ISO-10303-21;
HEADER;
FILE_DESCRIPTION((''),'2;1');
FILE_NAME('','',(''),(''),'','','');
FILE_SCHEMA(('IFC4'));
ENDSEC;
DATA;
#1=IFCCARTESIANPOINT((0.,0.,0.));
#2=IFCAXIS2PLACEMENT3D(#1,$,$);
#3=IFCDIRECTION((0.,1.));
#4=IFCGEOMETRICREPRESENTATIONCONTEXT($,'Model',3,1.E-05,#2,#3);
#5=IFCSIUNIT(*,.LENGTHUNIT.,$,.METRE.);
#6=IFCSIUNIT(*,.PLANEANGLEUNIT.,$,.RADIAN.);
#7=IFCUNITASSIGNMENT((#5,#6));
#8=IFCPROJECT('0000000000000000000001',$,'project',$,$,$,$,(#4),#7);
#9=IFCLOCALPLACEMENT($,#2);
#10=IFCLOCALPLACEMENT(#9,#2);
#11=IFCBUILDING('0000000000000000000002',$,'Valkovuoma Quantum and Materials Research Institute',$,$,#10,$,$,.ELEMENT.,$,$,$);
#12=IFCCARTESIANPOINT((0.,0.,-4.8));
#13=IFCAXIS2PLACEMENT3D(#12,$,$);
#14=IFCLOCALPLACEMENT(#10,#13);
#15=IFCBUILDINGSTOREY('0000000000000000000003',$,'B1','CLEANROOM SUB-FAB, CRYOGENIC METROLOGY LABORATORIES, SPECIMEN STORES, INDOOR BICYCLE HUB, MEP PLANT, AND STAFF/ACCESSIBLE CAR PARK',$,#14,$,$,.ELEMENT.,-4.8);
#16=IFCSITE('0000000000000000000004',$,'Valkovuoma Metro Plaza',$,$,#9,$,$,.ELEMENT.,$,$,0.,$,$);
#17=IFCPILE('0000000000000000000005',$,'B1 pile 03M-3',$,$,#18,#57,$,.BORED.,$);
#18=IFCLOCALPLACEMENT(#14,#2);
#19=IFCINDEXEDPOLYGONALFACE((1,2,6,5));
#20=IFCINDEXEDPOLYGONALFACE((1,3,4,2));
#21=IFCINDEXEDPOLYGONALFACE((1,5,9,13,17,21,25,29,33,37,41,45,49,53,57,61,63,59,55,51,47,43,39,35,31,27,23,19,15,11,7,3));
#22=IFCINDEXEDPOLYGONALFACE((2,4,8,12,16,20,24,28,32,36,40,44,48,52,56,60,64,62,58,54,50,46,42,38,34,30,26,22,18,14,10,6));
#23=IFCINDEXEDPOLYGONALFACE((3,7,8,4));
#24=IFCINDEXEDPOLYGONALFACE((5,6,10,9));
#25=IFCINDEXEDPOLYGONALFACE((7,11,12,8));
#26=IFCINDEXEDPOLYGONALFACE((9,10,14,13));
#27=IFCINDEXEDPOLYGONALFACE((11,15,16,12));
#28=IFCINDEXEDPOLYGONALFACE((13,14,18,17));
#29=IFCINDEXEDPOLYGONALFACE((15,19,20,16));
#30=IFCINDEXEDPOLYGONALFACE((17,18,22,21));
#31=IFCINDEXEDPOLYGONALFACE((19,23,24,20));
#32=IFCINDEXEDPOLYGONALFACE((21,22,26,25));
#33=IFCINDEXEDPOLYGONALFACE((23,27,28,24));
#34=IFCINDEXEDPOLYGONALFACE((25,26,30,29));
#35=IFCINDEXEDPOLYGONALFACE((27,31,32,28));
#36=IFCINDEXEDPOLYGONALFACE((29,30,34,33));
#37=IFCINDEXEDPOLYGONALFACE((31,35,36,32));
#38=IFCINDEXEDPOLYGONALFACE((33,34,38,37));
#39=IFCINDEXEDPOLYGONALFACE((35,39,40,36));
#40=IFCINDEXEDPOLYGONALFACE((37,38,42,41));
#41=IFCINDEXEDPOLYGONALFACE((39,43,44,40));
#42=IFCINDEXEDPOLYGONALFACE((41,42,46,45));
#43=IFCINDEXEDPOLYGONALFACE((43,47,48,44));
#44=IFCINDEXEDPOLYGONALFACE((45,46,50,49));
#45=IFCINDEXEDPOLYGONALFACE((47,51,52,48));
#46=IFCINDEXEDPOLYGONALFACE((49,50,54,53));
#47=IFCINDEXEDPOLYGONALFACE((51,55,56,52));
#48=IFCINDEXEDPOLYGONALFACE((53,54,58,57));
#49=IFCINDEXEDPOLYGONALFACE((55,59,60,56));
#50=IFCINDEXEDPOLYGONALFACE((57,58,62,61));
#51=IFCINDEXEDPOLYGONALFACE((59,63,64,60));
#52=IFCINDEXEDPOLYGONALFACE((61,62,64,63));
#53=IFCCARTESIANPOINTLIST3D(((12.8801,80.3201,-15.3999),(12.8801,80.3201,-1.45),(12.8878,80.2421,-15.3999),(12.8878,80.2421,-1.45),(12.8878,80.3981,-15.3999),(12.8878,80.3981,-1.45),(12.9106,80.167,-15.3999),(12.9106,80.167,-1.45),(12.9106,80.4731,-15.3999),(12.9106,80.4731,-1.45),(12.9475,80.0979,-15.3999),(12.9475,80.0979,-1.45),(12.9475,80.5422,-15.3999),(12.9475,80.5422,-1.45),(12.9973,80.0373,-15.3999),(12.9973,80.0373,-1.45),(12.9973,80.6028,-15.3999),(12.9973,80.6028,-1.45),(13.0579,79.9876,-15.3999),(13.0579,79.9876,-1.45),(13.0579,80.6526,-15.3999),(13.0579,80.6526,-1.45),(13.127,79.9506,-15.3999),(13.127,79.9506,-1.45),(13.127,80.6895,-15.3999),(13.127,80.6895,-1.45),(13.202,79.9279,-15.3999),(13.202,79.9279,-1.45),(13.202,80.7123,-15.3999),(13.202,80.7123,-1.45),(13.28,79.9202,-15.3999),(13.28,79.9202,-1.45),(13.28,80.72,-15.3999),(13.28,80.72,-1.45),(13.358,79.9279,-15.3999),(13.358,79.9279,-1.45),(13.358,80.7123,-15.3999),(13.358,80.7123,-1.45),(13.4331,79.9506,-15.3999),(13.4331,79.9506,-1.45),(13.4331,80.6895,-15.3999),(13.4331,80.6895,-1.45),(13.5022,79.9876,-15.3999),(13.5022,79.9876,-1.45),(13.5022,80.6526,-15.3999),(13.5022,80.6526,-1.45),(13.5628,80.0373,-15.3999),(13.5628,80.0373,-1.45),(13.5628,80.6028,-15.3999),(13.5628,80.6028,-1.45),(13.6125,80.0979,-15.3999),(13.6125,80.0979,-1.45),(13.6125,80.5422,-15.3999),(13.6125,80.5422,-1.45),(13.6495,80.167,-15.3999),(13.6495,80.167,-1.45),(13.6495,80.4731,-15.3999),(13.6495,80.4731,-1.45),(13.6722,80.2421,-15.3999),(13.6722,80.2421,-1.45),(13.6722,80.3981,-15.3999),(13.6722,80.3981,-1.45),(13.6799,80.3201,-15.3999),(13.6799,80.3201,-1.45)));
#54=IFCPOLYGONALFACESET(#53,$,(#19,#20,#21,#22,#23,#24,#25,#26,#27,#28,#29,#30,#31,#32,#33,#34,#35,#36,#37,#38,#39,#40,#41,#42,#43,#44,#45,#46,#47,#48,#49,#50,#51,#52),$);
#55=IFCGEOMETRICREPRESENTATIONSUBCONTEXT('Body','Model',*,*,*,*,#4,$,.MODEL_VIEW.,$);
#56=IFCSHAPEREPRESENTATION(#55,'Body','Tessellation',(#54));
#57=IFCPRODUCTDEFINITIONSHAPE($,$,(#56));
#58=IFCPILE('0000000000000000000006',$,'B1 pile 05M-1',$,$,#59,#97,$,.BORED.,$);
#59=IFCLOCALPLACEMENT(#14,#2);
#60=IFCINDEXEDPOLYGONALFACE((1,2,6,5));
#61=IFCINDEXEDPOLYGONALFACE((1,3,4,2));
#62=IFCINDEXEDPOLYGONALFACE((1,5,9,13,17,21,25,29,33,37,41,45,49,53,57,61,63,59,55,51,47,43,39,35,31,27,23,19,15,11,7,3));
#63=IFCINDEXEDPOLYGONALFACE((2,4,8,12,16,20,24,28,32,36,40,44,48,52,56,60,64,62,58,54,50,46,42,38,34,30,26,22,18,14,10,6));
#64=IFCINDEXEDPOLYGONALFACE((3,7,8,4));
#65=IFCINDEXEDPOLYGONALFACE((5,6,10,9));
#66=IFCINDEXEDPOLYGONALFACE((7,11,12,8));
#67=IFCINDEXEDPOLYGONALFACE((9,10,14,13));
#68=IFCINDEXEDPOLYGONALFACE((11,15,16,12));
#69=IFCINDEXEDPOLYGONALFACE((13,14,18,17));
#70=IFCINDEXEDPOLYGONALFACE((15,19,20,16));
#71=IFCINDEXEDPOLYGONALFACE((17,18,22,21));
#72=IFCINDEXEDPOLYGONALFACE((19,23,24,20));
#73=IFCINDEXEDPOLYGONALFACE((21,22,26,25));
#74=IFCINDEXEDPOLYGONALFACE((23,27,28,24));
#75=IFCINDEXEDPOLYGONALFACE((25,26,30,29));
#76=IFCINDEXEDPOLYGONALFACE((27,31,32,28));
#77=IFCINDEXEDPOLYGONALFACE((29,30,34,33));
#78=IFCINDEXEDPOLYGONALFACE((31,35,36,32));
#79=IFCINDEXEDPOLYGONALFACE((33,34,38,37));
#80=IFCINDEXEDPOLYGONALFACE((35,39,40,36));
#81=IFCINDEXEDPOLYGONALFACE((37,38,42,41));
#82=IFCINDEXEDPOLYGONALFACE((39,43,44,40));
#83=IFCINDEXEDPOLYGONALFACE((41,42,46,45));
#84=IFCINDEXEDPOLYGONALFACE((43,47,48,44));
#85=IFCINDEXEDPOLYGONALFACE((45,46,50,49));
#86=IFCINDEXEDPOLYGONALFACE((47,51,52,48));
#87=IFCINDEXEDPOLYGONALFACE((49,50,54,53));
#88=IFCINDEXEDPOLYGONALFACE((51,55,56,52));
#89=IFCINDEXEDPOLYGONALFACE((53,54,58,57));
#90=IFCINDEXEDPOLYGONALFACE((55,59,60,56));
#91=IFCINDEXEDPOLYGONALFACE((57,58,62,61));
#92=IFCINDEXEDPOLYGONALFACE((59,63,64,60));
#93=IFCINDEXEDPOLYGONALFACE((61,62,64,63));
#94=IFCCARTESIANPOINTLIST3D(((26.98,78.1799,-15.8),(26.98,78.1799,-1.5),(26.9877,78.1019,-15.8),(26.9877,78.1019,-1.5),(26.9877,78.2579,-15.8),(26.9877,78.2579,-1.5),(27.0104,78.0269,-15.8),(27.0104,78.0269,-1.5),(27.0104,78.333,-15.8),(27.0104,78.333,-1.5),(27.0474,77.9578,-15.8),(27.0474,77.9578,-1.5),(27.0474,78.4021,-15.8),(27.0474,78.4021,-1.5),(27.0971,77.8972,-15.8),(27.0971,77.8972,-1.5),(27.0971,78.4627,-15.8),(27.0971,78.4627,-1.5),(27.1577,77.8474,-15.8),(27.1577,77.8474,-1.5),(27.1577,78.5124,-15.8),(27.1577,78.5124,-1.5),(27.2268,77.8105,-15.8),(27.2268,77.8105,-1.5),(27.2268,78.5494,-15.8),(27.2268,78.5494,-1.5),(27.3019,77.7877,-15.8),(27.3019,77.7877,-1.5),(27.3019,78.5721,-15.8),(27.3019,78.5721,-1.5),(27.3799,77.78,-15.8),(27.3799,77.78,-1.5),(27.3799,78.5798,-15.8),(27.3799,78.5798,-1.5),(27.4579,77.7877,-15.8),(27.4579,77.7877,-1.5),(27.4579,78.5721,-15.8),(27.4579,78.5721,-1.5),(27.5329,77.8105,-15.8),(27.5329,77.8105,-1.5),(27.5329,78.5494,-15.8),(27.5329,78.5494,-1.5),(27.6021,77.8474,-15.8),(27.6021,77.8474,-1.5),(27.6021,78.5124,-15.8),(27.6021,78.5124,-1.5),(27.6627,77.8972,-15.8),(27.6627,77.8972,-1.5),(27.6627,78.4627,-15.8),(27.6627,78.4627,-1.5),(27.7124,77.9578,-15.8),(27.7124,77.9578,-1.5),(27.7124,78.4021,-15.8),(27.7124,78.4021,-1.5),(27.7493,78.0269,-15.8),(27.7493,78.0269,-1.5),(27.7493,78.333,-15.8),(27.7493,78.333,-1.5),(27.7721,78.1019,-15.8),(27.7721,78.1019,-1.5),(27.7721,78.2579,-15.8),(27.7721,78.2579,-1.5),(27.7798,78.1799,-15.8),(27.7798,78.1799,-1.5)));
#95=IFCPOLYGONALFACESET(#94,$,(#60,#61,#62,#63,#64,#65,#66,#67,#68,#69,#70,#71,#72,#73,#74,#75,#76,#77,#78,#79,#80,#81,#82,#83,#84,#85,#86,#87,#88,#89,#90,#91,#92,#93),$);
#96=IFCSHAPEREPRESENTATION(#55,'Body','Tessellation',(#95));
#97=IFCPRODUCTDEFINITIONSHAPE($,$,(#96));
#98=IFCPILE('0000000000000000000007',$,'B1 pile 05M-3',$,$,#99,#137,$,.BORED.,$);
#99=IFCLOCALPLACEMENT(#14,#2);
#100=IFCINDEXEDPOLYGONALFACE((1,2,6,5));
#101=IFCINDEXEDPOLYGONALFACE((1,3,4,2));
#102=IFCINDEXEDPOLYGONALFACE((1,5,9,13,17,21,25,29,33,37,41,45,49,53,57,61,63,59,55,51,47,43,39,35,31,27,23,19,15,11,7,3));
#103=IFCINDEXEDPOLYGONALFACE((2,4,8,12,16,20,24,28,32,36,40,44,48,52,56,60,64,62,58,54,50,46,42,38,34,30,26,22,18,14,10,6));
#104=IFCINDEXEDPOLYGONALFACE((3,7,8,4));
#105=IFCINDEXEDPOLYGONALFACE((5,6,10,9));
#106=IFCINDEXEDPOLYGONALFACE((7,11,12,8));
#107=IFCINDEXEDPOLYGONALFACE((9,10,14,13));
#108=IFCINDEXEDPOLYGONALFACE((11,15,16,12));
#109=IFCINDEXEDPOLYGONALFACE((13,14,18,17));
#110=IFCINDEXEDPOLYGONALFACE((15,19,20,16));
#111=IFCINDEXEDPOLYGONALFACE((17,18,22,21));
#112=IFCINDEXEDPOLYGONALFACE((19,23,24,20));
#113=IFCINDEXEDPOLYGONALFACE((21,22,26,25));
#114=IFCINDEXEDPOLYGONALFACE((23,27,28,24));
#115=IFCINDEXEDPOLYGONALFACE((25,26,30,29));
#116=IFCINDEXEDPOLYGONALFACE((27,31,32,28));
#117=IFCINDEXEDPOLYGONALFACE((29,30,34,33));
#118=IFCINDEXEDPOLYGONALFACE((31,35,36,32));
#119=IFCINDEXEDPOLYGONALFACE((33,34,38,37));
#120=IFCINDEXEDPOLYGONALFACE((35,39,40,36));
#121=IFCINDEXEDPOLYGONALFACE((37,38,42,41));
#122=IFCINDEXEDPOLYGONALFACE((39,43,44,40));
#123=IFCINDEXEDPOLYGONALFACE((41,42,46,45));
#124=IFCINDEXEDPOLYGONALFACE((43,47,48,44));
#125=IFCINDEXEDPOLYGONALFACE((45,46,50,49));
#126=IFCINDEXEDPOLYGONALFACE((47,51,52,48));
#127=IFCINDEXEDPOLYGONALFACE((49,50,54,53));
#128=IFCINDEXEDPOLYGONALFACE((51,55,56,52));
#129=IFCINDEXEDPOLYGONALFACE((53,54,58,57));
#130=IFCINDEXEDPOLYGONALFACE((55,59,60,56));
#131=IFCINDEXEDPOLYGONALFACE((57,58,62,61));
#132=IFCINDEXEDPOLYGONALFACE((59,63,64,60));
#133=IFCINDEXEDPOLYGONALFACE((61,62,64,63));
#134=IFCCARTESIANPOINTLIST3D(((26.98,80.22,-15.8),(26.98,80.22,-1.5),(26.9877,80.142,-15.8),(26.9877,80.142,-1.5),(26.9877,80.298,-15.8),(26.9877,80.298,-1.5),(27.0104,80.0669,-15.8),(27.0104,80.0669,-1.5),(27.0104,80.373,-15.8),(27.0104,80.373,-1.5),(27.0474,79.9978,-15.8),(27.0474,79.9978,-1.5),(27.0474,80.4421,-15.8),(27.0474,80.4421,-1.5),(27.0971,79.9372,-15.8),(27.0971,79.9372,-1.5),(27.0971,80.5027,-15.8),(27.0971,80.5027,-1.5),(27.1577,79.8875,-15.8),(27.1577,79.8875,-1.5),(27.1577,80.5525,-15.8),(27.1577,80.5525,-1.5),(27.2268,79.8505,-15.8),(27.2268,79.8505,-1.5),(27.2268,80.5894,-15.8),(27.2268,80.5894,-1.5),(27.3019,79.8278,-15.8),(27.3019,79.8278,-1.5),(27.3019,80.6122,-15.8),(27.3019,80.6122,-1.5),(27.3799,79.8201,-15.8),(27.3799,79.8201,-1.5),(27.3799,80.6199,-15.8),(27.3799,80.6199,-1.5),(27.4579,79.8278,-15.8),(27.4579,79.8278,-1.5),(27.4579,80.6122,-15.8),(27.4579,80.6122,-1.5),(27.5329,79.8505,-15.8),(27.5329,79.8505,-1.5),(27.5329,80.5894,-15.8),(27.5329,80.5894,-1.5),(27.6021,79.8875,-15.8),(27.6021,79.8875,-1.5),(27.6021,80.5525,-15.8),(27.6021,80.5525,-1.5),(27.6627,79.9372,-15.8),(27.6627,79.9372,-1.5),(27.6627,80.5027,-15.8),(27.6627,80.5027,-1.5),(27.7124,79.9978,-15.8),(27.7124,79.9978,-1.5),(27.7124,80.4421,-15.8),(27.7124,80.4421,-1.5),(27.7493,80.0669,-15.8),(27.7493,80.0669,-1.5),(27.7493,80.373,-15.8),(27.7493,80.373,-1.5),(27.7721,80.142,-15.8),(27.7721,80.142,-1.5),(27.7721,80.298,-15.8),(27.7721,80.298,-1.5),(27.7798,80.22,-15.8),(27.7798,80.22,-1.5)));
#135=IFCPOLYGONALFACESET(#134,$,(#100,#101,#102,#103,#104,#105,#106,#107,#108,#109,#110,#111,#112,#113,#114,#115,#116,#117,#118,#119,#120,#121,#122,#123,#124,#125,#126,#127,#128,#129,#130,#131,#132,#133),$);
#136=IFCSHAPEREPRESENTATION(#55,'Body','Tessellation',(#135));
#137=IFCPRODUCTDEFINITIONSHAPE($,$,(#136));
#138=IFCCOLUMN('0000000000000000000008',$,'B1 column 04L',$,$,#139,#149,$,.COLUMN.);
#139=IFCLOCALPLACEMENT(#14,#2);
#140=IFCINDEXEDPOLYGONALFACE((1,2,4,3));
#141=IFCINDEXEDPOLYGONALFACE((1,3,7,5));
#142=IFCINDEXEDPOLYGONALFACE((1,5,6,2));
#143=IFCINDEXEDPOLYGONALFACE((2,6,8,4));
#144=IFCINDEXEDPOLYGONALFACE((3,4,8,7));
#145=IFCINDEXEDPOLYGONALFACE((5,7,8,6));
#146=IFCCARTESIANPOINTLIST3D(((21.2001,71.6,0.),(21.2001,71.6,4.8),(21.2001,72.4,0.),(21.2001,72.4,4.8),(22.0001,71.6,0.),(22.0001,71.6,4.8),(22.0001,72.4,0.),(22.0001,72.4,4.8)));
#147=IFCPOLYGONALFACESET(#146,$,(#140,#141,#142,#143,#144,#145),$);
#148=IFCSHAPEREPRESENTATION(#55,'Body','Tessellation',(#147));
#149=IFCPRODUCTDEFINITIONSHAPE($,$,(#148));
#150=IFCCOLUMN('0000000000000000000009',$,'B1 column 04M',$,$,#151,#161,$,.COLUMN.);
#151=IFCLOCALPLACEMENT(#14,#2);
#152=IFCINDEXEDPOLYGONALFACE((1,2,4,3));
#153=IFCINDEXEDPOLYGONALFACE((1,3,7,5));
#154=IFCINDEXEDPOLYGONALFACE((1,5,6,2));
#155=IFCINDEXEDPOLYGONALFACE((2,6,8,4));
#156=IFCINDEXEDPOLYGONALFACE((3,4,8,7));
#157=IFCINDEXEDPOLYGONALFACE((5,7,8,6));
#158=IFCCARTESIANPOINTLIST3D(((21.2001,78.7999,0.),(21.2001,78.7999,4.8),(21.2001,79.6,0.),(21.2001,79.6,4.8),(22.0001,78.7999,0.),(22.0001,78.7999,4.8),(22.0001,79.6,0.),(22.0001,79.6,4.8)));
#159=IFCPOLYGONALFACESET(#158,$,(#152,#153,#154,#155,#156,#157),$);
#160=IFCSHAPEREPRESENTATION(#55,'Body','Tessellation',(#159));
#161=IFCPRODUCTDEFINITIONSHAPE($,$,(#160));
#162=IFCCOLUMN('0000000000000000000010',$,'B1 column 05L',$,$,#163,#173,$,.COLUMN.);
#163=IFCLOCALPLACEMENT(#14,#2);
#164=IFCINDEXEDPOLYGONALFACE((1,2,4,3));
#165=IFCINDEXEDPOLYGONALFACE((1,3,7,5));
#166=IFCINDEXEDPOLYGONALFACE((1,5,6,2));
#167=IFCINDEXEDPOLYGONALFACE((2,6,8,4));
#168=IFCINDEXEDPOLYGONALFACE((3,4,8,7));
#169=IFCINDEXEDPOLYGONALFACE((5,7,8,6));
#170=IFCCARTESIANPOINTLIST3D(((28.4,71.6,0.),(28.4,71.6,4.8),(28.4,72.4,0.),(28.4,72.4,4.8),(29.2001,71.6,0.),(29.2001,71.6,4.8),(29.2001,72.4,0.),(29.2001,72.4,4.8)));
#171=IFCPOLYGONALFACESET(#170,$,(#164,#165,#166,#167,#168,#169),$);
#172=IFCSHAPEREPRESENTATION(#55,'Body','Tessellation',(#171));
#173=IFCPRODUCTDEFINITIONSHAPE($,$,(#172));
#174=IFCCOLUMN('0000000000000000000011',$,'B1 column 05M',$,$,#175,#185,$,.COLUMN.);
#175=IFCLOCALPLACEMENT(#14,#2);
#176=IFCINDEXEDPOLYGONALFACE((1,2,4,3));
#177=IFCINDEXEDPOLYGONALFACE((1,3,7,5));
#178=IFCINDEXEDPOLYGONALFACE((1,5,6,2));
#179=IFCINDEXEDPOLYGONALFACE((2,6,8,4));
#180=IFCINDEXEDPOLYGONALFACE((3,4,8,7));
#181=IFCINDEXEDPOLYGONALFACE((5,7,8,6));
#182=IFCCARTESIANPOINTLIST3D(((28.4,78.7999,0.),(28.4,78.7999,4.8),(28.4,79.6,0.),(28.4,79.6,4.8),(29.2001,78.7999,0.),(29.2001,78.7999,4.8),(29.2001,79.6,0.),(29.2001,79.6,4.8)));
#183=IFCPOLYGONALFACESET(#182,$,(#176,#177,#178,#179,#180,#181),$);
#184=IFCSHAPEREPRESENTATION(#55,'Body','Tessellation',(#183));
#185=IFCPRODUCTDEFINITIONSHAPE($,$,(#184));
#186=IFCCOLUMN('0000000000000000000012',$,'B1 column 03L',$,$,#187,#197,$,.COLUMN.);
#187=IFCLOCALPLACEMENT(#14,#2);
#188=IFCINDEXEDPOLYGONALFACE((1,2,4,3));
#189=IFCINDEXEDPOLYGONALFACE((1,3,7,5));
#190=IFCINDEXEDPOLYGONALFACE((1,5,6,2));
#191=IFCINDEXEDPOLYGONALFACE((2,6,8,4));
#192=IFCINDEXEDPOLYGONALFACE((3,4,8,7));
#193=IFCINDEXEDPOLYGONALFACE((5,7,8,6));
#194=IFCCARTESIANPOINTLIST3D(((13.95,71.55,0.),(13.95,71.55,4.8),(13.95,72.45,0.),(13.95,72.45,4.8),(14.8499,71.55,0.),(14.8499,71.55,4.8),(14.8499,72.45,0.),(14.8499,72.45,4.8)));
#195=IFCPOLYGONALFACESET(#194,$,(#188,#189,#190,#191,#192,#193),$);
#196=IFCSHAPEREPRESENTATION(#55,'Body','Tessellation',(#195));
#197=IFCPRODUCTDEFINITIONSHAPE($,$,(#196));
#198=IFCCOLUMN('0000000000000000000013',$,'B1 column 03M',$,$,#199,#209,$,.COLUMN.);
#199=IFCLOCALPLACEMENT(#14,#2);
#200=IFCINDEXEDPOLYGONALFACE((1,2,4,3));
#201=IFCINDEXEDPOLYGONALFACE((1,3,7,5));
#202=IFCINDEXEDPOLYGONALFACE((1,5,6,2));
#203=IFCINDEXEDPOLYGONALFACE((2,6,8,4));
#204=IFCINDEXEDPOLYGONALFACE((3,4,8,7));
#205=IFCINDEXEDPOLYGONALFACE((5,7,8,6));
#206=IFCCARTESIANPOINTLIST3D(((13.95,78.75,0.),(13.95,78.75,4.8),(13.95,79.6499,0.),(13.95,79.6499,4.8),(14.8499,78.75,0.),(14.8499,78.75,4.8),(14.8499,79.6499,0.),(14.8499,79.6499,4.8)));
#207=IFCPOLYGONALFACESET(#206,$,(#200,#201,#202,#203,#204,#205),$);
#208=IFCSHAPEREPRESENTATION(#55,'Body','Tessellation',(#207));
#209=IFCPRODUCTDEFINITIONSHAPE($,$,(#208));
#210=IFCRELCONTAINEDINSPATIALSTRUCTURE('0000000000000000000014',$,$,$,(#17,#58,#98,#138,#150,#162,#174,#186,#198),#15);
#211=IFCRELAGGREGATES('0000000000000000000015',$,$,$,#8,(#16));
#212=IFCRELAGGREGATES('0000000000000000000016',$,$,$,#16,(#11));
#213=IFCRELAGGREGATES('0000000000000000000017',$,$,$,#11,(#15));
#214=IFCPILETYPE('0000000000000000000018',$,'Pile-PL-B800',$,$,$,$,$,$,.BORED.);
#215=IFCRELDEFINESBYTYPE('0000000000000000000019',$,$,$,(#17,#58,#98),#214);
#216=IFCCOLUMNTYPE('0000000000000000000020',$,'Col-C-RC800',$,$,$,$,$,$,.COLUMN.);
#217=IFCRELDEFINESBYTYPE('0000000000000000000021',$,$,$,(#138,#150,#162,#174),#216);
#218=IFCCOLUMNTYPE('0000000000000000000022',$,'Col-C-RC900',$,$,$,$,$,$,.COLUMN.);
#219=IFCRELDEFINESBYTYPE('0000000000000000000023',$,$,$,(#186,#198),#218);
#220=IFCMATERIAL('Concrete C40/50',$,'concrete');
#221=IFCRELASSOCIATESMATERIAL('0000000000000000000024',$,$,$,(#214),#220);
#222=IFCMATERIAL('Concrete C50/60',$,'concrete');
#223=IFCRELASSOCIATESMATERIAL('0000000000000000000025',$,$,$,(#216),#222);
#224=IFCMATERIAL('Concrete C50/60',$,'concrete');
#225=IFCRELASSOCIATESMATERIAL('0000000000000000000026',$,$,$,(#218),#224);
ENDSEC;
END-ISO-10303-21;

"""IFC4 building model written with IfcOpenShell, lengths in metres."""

from ifc_helpers import new_model, si_unit, direction, frame, origin, origin_2d, place, context, subcontext, project, spatial, rectangle, circle, extrude, material, material_profile, profile_set, type_object, element, save


model = new_model("IFC4")

# Units and contexts
model_context = context("Model", 3, precision=1e-05, world=origin(), true_north=direction((0.0, 1.0)))
body_context = subcontext(model_context, "Body", "Model", "MODEL_VIEW")
ifc_project = project(units=[si_unit("LENGTHUNIT", "METRE"), si_unit("PLANEANGLEUNIT", "RADIAN")], contexts=[model_context])

# Site, building, storey
site_placement = place(None, origin())
site = spatial("IfcSite", under=ifc_project, at=site_placement, Name="Valkovuoma Metro Plaza", CompositionType="ELEMENT", RefElevation=0.0)
building_placement = place(site_placement, origin())
building = spatial("IfcBuilding", under=site, at=building_placement, Name="Valkovuoma Quantum and Materials Research Institute", CompositionType="ELEMENT")
storey_placement = place(building_placement, frame((0.0, 0.0, -4.8)))
storey = spatial("IfcBuildingStorey", under=building, at=storey_placement, Name="B1", Description="CLEANROOM SUB-FAB, CRYOGENIC METROLOGY LABORATORIES, SPECIMEN STORES, INDOOR BICYCLE HUB, MEP PLANT, AND STAFF/ACCESSIBLE CAR PARK", CompositionType="ELEMENT", Elevation=-4.8)

# Piles
ifc_material_1 = material(Name="Concrete C40/50", Category="concrete")
ifc_material_profile_1 = material_profile(ifc_material_1, circle(Radius=0.3999, at=origin_2d()), Name="Concrete C40/50")
ifc_profile_set_1 = profile_set([ifc_material_profile_1], Name="Concrete C40/50")
pile_type_1 = type_object("IfcPileType", Name="Pile-PL-B800", PredefinedType="BORED", material=ifc_profile_set_1)
for number, where, z_axis, x_axis, name in (
    (1, (13.28, 80.3201, -1.45), (0.0, 0.0, -1.0), (1.0, 0.0, 0.0), "B1 pile 03M-3"),
):
    element("IfcPile", number, at=place(storey_placement, frame(where, z_axis=z_axis, x_axis=x_axis)), inside=storey, type_object=pile_type_1, Name=name, PredefinedType="BORED", context=body_context, shape_type="SweptSolid", body=[
        extrude(circle(Radius=0.3999, at=origin_2d()), origin(), (0.0, 0.0, 1.0), 13.95),
    ])
for number, where, z_axis, x_axis, name in (
    (2, (27.3799, 78.1799, -1.5), (0.0, 0.0, -1.0), (1.0, 0.0, 0.0), "B1 pile 05M-1"),
    (3, (27.3799, 80.22, -1.5), (0.0, 0.0, -1.0), (1.0, 0.0, 0.0), "B1 pile 05M-3"),
):
    element("IfcPile", number, at=place(storey_placement, frame(where, z_axis=z_axis, x_axis=x_axis)), inside=storey, type_object=pile_type_1, Name=name, PredefinedType="BORED", context=body_context, shape_type="SweptSolid", body=[
        extrude(circle(Radius=0.3999, at=origin_2d()), origin(), (0.0, 0.0, 1.0), 14.3),
    ])

# Columns
ifc_material_2 = material(Name="Concrete C50/60", Category="concrete")
ifc_material_profile_2 = material_profile(ifc_material_2, rectangle(XDim=0.8, YDim=0.8, at=origin_2d()), Name="Concrete C50/60")
ifc_profile_set_2 = profile_set([ifc_material_profile_2], Name="Concrete C50/60")
column_type_1 = type_object("IfcColumnType", Name="Col-C-RC800", PredefinedType="COLUMN", material=ifc_profile_set_2)
for number, where, z_axis, x_axis, name in (
    (4, (21.6001, 72.0, 0.0), (0.0, 0.0, 1.0), (1.0, 0.0, 0.0), "B1 column 04L"),
    (5, (21.6001, 79.2, 0.0), (0.0, 0.0, 1.0), (1.0, 0.0, 0.0), "B1 column 04M"),
    (6, (28.8, 72.0, 0.0), (0.0, 0.0, 1.0), (1.0, 0.0, 0.0), "B1 column 05L"),
    (7, (28.8, 79.2, 0.0), (0.0, 0.0, 1.0), (1.0, 0.0, 0.0), "B1 column 05M"),
):
    element("IfcColumn", number, at=place(storey_placement, frame(where, z_axis=z_axis, x_axis=x_axis)), inside=storey, type_object=column_type_1, Name=name, PredefinedType="COLUMN", context=body_context, shape_type="SweptSolid", body=[
        extrude(rectangle(XDim=0.8, YDim=0.8, at=origin_2d()), origin(), (0.0, 0.0, 1.0), 4.8),
    ])
ifc_material_3 = material(Name="Concrete C50/60", Category="concrete")
ifc_material_profile_3 = material_profile(ifc_material_3, rectangle(XDim=0.8999, YDim=0.8999, at=origin_2d()), Name="Concrete C50/60")
ifc_profile_set_3 = profile_set([ifc_material_profile_3], Name="Concrete C50/60")
column_type_2 = type_object("IfcColumnType", Name="Col-C-RC900", PredefinedType="COLUMN", material=ifc_profile_set_3)
for number, where, z_axis, x_axis, name in (
    (8, (14.3999, 72.0, 0.0), (0.0, 0.0, 1.0), (1.0, 0.0, 0.0), "B1 column 03L"),
    (9, (14.3999, 79.2, 0.0), (0.0, 0.0, 1.0), (1.0, 0.0, 0.0), "B1 column 03M"),
):
    element("IfcColumn", number, at=place(storey_placement, frame(where, z_axis=z_axis, x_axis=x_axis)), inside=storey, type_object=column_type_2, Name=name, PredefinedType="COLUMN", context=body_context, shape_type="SweptSolid", body=[
        extrude(rectangle(XDim=0.8999, YDim=0.8999, at=origin_2d()), origin(), (0.0, 0.0, 1.0), 4.8),
    ])

save(model, "model.ifc")
